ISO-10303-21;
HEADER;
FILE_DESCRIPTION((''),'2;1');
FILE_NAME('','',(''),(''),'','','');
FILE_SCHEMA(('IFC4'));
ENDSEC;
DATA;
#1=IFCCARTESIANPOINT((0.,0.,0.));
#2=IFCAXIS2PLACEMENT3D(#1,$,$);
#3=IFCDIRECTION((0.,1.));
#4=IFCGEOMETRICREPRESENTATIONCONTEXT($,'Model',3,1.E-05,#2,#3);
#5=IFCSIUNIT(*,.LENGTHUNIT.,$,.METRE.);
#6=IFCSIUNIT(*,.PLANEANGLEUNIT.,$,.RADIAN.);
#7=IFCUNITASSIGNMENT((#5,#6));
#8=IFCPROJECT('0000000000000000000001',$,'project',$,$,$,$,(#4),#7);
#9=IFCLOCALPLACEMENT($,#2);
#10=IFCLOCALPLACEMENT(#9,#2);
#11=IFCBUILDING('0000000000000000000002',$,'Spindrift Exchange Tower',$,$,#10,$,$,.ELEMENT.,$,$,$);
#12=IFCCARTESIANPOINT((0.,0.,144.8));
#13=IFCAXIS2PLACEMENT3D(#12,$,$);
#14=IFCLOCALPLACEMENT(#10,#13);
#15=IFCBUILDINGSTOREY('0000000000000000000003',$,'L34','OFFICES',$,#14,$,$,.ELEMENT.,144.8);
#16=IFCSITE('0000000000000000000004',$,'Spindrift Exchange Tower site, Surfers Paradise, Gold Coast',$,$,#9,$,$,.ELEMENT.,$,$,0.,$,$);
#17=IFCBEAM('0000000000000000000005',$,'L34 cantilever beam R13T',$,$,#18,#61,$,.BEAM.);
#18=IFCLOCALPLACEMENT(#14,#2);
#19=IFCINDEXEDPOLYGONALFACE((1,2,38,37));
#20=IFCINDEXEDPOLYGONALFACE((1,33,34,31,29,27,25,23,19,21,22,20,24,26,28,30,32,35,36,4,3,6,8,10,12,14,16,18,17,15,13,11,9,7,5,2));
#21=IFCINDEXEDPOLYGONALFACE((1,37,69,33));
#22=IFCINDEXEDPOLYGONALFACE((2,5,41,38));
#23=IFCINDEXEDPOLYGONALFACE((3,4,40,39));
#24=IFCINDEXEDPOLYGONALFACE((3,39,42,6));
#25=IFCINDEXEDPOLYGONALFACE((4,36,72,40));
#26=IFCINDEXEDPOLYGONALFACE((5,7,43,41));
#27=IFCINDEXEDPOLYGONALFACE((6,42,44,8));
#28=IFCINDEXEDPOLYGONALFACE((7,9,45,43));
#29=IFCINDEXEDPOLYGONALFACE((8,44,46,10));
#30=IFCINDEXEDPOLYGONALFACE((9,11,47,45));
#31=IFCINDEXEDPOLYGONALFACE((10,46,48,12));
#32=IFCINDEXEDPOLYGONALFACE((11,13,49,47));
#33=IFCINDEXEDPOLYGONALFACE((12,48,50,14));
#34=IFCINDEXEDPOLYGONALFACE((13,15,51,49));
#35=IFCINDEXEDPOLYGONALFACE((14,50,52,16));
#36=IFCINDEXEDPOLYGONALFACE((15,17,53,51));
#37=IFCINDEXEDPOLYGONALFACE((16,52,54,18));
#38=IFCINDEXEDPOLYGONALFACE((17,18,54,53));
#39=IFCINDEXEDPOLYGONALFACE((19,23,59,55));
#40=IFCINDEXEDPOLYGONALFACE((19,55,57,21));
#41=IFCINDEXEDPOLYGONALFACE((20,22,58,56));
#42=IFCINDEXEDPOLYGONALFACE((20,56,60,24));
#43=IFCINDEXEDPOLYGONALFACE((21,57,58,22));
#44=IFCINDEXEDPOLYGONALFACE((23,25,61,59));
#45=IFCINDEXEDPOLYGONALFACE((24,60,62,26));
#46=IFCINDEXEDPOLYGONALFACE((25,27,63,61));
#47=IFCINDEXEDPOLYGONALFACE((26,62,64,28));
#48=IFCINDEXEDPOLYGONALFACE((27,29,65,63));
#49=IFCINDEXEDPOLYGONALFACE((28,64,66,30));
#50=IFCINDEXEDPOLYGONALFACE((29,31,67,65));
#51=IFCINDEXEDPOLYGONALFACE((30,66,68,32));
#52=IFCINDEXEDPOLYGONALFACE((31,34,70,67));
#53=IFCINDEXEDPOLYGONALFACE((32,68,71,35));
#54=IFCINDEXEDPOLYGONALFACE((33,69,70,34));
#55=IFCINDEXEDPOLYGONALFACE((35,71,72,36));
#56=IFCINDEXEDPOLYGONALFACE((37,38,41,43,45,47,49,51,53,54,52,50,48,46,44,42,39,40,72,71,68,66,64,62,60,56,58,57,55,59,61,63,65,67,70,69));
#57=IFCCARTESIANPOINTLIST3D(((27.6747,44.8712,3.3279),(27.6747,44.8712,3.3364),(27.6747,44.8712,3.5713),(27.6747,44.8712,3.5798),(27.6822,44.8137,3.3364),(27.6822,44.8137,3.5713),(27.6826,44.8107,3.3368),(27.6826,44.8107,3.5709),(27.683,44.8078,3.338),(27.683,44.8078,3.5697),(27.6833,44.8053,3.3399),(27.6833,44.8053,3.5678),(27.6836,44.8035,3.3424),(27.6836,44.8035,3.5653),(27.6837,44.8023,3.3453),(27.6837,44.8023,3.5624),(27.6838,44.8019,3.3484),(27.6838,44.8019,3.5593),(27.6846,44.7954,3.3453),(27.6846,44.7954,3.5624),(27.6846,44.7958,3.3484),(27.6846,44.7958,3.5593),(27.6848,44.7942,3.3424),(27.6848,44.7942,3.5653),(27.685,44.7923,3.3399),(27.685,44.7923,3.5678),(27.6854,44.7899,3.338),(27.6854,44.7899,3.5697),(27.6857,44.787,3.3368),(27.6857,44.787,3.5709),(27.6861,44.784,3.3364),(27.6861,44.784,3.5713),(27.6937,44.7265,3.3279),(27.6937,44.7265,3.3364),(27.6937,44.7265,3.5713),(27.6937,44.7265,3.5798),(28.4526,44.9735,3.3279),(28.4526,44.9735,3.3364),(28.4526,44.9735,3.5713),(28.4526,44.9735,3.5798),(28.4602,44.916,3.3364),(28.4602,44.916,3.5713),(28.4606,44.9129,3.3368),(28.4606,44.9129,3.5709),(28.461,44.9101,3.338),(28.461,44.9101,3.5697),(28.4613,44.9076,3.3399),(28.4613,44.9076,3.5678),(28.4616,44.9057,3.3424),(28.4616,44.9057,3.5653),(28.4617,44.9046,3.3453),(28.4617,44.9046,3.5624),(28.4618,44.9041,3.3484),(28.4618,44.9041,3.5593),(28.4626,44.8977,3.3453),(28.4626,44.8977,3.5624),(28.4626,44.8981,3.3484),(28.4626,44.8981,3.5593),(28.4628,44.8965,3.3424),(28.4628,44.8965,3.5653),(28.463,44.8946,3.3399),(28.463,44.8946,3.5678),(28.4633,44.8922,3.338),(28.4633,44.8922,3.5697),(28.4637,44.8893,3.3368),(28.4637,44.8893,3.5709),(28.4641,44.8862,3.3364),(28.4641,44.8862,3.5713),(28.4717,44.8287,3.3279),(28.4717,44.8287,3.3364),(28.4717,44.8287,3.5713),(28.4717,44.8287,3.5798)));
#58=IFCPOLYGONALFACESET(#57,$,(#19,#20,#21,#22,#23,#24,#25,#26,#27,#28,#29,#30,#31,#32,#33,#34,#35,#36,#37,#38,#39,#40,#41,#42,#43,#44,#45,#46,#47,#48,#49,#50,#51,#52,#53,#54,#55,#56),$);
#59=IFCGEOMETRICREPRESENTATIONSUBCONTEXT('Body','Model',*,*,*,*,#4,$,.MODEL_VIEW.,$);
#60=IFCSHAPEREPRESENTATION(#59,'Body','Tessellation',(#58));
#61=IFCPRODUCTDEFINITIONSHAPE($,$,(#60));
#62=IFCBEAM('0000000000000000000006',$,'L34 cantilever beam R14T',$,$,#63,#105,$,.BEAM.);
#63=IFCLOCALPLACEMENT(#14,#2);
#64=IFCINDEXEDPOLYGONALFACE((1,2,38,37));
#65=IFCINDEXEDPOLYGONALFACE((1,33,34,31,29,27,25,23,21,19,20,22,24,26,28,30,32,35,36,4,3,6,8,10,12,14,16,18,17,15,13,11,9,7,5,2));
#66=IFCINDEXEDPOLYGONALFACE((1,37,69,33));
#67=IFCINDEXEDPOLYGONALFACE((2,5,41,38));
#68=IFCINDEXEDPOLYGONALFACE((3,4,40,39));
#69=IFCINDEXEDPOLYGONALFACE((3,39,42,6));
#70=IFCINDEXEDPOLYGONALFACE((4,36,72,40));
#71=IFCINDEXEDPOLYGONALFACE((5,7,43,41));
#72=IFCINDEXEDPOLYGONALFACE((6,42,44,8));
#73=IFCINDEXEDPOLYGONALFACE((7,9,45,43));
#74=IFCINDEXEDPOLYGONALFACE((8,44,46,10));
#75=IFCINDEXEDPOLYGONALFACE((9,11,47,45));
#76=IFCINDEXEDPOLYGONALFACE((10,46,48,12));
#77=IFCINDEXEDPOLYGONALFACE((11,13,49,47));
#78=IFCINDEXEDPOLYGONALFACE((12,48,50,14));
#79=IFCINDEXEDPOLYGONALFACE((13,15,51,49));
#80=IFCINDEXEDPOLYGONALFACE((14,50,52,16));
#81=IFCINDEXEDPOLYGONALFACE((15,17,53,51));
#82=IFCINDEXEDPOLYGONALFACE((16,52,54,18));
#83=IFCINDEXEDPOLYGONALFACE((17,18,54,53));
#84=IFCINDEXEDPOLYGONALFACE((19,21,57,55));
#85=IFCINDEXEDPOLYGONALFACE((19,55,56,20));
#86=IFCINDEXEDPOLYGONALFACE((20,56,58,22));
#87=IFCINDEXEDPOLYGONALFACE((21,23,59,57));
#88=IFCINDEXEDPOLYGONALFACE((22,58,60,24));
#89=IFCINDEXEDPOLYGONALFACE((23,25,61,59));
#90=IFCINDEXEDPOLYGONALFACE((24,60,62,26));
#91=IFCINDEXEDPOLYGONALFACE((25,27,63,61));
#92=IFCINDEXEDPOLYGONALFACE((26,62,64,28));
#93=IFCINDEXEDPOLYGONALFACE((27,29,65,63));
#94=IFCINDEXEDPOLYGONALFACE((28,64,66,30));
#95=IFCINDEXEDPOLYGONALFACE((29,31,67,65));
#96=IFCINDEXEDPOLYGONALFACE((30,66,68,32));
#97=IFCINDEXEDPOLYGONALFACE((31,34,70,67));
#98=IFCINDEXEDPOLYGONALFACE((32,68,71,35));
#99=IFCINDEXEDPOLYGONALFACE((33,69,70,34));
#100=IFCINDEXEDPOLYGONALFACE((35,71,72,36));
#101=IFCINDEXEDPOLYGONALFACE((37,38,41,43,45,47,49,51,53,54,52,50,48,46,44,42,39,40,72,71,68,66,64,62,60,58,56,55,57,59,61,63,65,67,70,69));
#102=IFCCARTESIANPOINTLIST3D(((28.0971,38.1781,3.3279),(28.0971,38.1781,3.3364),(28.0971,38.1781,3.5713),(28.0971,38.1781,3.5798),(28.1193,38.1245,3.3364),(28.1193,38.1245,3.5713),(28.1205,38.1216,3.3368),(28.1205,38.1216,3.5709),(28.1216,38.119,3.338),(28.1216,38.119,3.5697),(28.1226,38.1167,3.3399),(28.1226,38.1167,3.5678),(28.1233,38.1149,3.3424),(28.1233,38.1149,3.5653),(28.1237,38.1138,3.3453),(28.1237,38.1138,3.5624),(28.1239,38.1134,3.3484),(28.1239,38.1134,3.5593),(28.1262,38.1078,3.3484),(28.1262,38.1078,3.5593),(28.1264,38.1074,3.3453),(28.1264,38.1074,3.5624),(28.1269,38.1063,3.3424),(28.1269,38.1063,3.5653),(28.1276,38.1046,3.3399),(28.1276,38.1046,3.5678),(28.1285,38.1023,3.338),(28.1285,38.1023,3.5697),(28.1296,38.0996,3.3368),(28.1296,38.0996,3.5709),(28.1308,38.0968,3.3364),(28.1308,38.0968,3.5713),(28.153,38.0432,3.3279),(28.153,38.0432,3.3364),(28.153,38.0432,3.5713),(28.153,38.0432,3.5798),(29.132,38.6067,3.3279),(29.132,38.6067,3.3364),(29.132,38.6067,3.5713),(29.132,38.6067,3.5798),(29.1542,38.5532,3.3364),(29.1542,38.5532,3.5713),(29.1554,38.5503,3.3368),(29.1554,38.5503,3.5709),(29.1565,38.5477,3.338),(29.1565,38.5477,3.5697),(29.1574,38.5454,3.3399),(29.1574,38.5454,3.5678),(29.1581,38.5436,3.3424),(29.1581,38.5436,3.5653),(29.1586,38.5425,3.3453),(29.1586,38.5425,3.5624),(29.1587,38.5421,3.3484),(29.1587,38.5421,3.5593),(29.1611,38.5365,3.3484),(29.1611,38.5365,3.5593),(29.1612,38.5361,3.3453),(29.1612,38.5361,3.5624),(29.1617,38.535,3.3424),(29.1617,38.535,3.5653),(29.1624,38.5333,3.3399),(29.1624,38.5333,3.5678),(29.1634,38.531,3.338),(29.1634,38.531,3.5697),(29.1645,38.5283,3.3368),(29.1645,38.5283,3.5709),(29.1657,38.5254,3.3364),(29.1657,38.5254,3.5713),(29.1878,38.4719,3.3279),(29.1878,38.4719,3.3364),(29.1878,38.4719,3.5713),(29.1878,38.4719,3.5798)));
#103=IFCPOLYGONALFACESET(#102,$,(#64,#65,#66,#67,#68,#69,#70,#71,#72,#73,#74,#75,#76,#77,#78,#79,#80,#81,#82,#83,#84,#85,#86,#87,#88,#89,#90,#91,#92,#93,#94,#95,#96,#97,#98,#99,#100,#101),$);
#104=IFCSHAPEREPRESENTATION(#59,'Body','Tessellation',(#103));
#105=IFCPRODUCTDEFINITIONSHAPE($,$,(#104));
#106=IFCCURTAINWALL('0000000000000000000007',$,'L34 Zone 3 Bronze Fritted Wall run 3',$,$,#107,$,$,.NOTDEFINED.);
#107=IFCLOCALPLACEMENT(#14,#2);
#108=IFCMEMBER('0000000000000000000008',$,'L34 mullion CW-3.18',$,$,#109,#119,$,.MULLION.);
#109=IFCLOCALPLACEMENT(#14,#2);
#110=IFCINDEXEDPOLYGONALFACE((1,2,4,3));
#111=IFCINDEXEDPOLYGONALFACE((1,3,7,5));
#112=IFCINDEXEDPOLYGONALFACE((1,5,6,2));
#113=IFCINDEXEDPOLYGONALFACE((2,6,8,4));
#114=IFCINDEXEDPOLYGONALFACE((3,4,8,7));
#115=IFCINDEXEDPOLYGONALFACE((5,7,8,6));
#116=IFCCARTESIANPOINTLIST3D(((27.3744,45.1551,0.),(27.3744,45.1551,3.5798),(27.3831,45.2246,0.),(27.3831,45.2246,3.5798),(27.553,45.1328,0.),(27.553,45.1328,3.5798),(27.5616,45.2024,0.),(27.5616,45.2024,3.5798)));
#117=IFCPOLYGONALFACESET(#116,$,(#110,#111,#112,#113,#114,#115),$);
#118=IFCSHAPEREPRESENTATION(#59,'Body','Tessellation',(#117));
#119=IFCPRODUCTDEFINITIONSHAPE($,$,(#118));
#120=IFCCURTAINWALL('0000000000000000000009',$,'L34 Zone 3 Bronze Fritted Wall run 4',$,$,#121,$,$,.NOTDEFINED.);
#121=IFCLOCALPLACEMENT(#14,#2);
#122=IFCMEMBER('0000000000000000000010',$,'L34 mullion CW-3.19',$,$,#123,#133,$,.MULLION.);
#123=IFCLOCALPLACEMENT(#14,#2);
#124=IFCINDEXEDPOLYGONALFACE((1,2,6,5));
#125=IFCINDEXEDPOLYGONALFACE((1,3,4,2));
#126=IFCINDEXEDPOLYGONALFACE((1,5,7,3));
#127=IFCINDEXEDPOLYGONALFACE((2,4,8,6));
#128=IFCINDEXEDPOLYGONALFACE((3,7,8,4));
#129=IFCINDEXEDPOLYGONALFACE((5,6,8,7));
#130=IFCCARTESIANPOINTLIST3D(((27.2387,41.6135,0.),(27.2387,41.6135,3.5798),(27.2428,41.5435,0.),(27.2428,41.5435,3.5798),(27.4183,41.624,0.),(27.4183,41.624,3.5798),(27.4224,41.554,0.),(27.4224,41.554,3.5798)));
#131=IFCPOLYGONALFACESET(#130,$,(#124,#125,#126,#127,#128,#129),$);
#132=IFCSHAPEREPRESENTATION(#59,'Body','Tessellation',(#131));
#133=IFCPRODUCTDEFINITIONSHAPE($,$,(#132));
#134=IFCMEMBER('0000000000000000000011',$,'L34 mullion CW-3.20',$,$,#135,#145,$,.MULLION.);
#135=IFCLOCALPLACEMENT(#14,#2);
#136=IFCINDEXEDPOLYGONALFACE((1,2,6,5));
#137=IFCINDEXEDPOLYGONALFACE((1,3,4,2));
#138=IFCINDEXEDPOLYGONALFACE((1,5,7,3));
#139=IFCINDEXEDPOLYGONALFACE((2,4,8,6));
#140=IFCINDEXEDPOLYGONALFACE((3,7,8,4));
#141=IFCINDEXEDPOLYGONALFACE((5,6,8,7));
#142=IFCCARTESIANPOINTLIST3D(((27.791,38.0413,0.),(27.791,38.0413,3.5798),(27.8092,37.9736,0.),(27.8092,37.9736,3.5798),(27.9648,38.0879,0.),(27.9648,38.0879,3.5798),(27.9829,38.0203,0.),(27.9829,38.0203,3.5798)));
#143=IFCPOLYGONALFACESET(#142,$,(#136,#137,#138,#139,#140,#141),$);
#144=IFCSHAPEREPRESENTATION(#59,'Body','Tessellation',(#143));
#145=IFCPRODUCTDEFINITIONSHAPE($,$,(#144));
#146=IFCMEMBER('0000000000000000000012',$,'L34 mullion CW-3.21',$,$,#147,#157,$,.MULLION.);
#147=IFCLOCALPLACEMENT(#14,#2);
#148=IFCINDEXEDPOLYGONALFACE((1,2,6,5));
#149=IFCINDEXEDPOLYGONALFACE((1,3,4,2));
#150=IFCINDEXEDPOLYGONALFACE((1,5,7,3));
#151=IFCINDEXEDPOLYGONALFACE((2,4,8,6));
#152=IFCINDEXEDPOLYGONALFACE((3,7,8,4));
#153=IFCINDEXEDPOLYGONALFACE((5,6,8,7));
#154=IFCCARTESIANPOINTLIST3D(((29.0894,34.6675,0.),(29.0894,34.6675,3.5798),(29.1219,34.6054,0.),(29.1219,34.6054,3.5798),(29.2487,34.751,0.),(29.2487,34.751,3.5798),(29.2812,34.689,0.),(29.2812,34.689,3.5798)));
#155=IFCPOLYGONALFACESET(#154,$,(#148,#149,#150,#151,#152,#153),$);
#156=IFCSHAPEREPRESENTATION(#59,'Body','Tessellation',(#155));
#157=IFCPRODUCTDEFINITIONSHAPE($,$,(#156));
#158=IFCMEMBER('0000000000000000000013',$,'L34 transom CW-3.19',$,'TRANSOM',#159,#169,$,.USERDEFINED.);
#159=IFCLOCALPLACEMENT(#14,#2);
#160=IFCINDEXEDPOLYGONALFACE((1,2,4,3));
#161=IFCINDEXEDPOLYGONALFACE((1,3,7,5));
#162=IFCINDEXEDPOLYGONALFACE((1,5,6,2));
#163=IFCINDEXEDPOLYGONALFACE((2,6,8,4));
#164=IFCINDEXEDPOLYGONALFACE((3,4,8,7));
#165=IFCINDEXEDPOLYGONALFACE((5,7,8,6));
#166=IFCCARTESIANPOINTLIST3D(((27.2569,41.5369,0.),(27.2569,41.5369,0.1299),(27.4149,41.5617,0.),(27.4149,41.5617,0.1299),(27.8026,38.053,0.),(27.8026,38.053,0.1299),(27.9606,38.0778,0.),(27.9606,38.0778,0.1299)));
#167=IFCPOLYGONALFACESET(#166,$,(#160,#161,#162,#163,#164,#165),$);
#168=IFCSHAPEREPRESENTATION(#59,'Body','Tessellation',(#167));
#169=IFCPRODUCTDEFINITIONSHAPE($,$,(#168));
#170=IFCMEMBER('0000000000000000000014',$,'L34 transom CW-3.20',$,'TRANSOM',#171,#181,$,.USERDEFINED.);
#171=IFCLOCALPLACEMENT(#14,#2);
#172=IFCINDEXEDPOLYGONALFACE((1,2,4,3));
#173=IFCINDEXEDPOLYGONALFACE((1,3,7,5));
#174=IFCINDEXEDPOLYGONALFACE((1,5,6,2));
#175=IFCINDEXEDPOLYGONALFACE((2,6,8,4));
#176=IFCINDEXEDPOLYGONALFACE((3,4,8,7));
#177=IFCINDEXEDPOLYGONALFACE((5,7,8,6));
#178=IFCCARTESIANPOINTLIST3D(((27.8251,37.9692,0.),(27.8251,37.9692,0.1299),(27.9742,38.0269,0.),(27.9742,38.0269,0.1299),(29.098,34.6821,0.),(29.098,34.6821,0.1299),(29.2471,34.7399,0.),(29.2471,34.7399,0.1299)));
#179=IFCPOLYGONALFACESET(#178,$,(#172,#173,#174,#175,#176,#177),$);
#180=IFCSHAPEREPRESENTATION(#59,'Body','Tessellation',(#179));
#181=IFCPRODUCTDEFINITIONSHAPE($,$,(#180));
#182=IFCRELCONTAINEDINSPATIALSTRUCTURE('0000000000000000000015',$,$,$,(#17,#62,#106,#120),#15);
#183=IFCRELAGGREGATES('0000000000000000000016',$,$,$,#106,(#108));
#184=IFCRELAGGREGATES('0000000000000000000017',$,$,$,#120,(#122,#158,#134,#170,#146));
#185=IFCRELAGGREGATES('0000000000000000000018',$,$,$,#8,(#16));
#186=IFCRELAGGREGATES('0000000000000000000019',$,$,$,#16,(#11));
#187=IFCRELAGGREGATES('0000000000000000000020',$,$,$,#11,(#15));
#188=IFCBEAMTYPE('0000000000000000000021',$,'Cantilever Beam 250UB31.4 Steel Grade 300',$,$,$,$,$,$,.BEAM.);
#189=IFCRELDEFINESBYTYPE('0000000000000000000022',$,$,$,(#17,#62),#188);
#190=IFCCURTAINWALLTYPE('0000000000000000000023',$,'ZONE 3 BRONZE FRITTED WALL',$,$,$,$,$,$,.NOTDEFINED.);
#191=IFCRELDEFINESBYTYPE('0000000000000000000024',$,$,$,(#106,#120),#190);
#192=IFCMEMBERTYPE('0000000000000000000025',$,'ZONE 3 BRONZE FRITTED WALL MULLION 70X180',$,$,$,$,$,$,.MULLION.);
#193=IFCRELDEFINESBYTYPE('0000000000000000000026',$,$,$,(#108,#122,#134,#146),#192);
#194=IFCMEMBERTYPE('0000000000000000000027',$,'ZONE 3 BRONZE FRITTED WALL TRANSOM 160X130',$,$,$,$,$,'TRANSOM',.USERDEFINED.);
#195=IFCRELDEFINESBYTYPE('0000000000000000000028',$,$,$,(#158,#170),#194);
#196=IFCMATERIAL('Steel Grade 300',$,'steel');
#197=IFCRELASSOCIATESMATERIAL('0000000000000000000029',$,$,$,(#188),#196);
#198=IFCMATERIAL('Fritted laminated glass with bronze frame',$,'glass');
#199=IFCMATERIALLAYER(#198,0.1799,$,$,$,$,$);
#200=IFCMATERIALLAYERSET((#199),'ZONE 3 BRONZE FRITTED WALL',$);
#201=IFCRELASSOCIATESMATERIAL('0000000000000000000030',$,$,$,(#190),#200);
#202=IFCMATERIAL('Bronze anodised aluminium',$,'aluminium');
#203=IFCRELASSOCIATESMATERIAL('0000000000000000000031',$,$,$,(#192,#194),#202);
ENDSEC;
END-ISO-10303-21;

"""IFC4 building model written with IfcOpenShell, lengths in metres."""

from ifc_helpers import new_model, si_unit, direction, frame, origin, origin_2d, place, context, subcontext, project, spatial, rectangle, i_section, extrude, source, transform, mapped, material, layer, layer_set, material_profile, profile_set, type_object, element, aggregate, save


model = new_model("IFC4")

# Units and contexts
model_context = context("Model", 3, precision=1e-05, world=origin(), true_north=direction((0.0, 1.0)))
body_context = subcontext(model_context, "Body", "Model", "MODEL_VIEW")
ifc_project = project(units=[si_unit("LENGTHUNIT", "METRE"), si_unit("PLANEANGLEUNIT", "RADIAN")], contexts=[model_context])

# Site, building, storey
site_placement = place(None, origin())
site = spatial("IfcSite", under=ifc_project, at=site_placement, Name="Spindrift Exchange Tower site, Surfers Paradise, Gold Coast", CompositionType="ELEMENT", RefElevation=0.0)
building_placement = place(site_placement, origin())
building = spatial("IfcBuilding", under=site, at=building_placement, Name="Spindrift Exchange Tower", CompositionType="ELEMENT")
storey_placement = place(building_placement, frame((0.0, 0.0, 144.8)))
storey = spatial("IfcBuildingStorey", under=building, at=storey_placement, Name="L34", Description="OFFICES", CompositionType="ELEMENT", Elevation=144.8)

# Beams
ifc_material_1 = material(Name="Steel Grade 300", Category="steel")
ifc_material_profile_1 = material_profile(ifc_material_1, i_section(OverallWidth=0.146, OverallDepth=0.252, WebThickness=0.0061, FlangeThickness=0.0085, FilletRadius=0.012, at=origin_2d()), Name="250UB31.4")
ifc_profile_set_1 = profile_set([ifc_material_profile_1], Name="Steel Grade 300")
beam_type_1 = type_object("IfcBeamType", Name="Cantilever Beam 250UB31.4 Steel Grade 300", PredefinedType="BEAM", material=ifc_profile_set_1)
shared_shape_1 = source(origin(), body_context, "Body", "SweptSolid", [
    extrude(i_section(OverallWidth=0.146, OverallDepth=0.252, WebThickness=0.0061, FlangeThickness=0.0085, FilletRadius=0.012, at=origin_2d()), origin(), (0.0, 0.0, 1.0), 0.7847),
])
beam_1_placement = place(storey_placement, frame((28.4622, 44.9011, 3.4539), z_axis=(-0.991468, -0.13035, 0.0), x_axis=(0.13035, -0.991468, 0.0)))
element("IfcBeam", 1, at=beam_1_placement, inside=storey, type_object=beam_type_1, Name="L34 cantilever beam R13T", PredefinedType="BEAM", context=body_context, shape_type="MappedRepresentation", body=[
    mapped(shared_shape_1, transform((0.0, 0.0, 0.0), scale=1.0)),
])
shared_shape_2 = source(origin(), body_context, "Body", "SweptSolid", [
    extrude(i_section(OverallWidth=0.146, OverallDepth=0.252, WebThickness=0.0061, FlangeThickness=0.0085, FilletRadius=0.012, at=origin_2d()), origin(), (0.0, 0.0, 1.0), 1.1201),
])
beam_2_placement = place(storey_placement, frame((29.1599, 38.5393, 3.4539), z_axis=(-0.923868, -0.382711, 0.0), x_axis=(0.382711, -0.923868, 0.0)))
element("IfcBeam", 2, at=beam_2_placement, inside=storey, type_object=beam_type_1, Name="L34 cantilever beam R14T", PredefinedType="BEAM", context=body_context, shape_type="MappedRepresentation", body=[
    mapped(shared_shape_2, transform((0.0, 0.0, 0.0), scale=1.0)),
])

# Curtain wall, member
ifc_material_2 = material(Name="Fritted laminated glass with bronze frame", Category="glass")
ifc_layer_1 = layer(ifc_material_2, 0.1799)
ifc_layer_set_1 = layer_set([ifc_layer_1], Name="ZONE 3 BRONZE FRITTED WALL")
curtain_wall_type = type_object("IfcCurtainWallType", Name="ZONE 3 BRONZE FRITTED WALL", PredefinedType="NOTDEFINED", material=ifc_layer_set_1)
curtain_wall_1_placement = place(storey_placement, origin())
curtain_wall_1 = element("IfcCurtainWall", 3, at=curtain_wall_1_placement, inside=storey, type_object=curtain_wall_type, Name="L34 Zone 3 Bronze Fritted Wall run 3", PredefinedType="NOTDEFINED")
ifc_material_3 = material(Name="Bronze anodised aluminium", Category="aluminium")
ifc_material_profile_2 = material_profile(ifc_material_3, rectangle(XDim=0.0701, YDim=0.1799, at=origin_2d()), Name="ZONE 3 BRONZE FRITTED WALL MULLION 70X180")
ifc_profile_set_2 = profile_set([ifc_material_profile_2], Name="Bronze anodised aluminium")
member_type_1 = type_object("IfcMemberType", Name="ZONE 3 BRONZE FRITTED WALL MULLION 70X180", PredefinedType="MULLION", material=ifc_profile_set_2)
shared_shape_3 = source(origin(), body_context, "Body", "SweptSolid", [
    extrude(rectangle(XDim=0.0701, YDim=0.1799, at=origin_2d()), origin(), (0.0, 0.0, 1.0), 3.5798),
])
member_1_placement = place(storey_placement, frame((27.468, 45.1787, 0.0), z_axis=(0.0, 0.0, 1.0), x_axis=(-0.123586, -0.992334, 0.0)))
member_1 = element("IfcMember", 4, at=member_1_placement, type_object=member_type_1, Name="L34 mullion CW-3.18", PredefinedType="MULLION", context=body_context, shape_type="MappedRepresentation", body=[
    mapped(shared_shape_3, transform((0.0, 0.0, 0.0), scale=1.0)),
])

# Curtain wall, members
curtain_wall_2_placement = place(storey_placement, origin())
curtain_wall_2 = element("IfcCurtainWall", 5, at=curtain_wall_2_placement, inside=storey, type_object=curtain_wall_type, Name="L34 Zone 3 Bronze Fritted Wall run 4", PredefinedType="NOTDEFINED")
member_2_placement = place(storey_placement, frame((27.3306, 41.5837, 0.0), z_axis=(0.0, 0.0, 1.0), x_axis=(0.058507, -0.998287, 0.0)))
member_2 = element("IfcMember", 6, at=member_2_placement, type_object=member_type_1, Name="L34 mullion CW-3.19", PredefinedType="MULLION", context=body_context, shape_type="MappedRepresentation", body=[
    mapped(shared_shape_3, transform((0.0, 0.0, 0.0), scale=1.0)),
])
member_3_placement = place(storey_placement, frame((27.887, 38.0308, 0.0), z_axis=(0.0, 0.0, 1.0), x_axis=(0.259394, -0.965772, 0.0)))
member_3 = element("IfcMember", 7, at=member_3_placement, type_object=member_type_1, Name="L34 mullion CW-3.20", PredefinedType="MULLION", context=body_context, shape_type="MappedRepresentation", body=[
    mapped(shared_shape_3, transform((0.0, 0.0, 0.0), scale=1.0)),
])
member_4_placement = place(storey_placement, frame((29.1853, 34.6782, 0.0), z_axis=(0.0, 0.0, 1.0), x_axis=(0.464462, -0.885593, 0.0)))
member_4 = element("IfcMember", 8, at=member_4_placement, type_object=member_type_1, Name="L34 mullion CW-3.21", PredefinedType="MULLION", context=body_context, shape_type="MappedRepresentation", body=[
    mapped(shared_shape_3, transform((0.0, 0.0, 0.0), scale=1.0)),
])
ifc_material_profile_3 = material_profile(ifc_material_3, rectangle(XDim=0.1599, YDim=0.1299, at=origin_2d()), Name="ZONE 3 BRONZE FRITTED WALL TRANSOM 160X130")
ifc_profile_set_3 = profile_set([ifc_material_profile_3], Name="Bronze anodised aluminium")
member_type_2 = type_object("IfcMemberType", Name="ZONE 3 BRONZE FRITTED WALL TRANSOM 160X130", ElementType="TRANSOM", PredefinedType="USERDEFINED", material=ifc_profile_set_3)
shared_shape_4 = source(origin(), body_context, "Body", "SweptSolid", [
    extrude(rectangle(XDim=0.1599, YDim=0.1299, at=origin_2d()), origin(), (0.0, 0.0, 1.0), 3.5264),
])
member_5_placement = place(storey_placement, frame((27.3359, 41.5493, 0.0649), z_axis=(0.154736, -0.987956, 0.0), x_axis=(0.987956, 0.154736, 0.0)))
member_5 = element("IfcMember", 9, at=member_5_placement, type_object=member_type_2, Name="L34 transom CW-3.19", ObjectType="TRANSOM", PredefinedType="USERDEFINED", context=body_context, shape_type="MappedRepresentation", body=[
    mapped(shared_shape_4, transform((0.0, 0.0, 0.0), scale=1.0)),
])
shared_shape_5 = source(origin(), body_context, "Body", "SweptSolid", [
    extrude(rectangle(XDim=0.1599, YDim=0.1299, at=origin_2d()), origin(), (0.0, 0.0, 1.0), 3.5249),
])
member_6_placement = place(storey_placement, frame((27.8997, 37.998, 0.0649), z_axis=(0.361122, -0.932518, 0.0), x_axis=(0.932518, 0.361122, 0.0)))
member_6 = element("IfcMember", 10, at=member_6_placement, type_object=member_type_2, Name="L34 transom CW-3.20", ObjectType="TRANSOM", PredefinedType="USERDEFINED", context=body_context, shape_type="MappedRepresentation", body=[
    mapped(shared_shape_5, transform((0.0, 0.0, 0.0), scale=1.0)),
])

aggregate(curtain_wall_1, [member_1])
aggregate(curtain_wall_2, [member_2, member_5, member_3, member_6, member_4])

save(model, "model.ifc")
